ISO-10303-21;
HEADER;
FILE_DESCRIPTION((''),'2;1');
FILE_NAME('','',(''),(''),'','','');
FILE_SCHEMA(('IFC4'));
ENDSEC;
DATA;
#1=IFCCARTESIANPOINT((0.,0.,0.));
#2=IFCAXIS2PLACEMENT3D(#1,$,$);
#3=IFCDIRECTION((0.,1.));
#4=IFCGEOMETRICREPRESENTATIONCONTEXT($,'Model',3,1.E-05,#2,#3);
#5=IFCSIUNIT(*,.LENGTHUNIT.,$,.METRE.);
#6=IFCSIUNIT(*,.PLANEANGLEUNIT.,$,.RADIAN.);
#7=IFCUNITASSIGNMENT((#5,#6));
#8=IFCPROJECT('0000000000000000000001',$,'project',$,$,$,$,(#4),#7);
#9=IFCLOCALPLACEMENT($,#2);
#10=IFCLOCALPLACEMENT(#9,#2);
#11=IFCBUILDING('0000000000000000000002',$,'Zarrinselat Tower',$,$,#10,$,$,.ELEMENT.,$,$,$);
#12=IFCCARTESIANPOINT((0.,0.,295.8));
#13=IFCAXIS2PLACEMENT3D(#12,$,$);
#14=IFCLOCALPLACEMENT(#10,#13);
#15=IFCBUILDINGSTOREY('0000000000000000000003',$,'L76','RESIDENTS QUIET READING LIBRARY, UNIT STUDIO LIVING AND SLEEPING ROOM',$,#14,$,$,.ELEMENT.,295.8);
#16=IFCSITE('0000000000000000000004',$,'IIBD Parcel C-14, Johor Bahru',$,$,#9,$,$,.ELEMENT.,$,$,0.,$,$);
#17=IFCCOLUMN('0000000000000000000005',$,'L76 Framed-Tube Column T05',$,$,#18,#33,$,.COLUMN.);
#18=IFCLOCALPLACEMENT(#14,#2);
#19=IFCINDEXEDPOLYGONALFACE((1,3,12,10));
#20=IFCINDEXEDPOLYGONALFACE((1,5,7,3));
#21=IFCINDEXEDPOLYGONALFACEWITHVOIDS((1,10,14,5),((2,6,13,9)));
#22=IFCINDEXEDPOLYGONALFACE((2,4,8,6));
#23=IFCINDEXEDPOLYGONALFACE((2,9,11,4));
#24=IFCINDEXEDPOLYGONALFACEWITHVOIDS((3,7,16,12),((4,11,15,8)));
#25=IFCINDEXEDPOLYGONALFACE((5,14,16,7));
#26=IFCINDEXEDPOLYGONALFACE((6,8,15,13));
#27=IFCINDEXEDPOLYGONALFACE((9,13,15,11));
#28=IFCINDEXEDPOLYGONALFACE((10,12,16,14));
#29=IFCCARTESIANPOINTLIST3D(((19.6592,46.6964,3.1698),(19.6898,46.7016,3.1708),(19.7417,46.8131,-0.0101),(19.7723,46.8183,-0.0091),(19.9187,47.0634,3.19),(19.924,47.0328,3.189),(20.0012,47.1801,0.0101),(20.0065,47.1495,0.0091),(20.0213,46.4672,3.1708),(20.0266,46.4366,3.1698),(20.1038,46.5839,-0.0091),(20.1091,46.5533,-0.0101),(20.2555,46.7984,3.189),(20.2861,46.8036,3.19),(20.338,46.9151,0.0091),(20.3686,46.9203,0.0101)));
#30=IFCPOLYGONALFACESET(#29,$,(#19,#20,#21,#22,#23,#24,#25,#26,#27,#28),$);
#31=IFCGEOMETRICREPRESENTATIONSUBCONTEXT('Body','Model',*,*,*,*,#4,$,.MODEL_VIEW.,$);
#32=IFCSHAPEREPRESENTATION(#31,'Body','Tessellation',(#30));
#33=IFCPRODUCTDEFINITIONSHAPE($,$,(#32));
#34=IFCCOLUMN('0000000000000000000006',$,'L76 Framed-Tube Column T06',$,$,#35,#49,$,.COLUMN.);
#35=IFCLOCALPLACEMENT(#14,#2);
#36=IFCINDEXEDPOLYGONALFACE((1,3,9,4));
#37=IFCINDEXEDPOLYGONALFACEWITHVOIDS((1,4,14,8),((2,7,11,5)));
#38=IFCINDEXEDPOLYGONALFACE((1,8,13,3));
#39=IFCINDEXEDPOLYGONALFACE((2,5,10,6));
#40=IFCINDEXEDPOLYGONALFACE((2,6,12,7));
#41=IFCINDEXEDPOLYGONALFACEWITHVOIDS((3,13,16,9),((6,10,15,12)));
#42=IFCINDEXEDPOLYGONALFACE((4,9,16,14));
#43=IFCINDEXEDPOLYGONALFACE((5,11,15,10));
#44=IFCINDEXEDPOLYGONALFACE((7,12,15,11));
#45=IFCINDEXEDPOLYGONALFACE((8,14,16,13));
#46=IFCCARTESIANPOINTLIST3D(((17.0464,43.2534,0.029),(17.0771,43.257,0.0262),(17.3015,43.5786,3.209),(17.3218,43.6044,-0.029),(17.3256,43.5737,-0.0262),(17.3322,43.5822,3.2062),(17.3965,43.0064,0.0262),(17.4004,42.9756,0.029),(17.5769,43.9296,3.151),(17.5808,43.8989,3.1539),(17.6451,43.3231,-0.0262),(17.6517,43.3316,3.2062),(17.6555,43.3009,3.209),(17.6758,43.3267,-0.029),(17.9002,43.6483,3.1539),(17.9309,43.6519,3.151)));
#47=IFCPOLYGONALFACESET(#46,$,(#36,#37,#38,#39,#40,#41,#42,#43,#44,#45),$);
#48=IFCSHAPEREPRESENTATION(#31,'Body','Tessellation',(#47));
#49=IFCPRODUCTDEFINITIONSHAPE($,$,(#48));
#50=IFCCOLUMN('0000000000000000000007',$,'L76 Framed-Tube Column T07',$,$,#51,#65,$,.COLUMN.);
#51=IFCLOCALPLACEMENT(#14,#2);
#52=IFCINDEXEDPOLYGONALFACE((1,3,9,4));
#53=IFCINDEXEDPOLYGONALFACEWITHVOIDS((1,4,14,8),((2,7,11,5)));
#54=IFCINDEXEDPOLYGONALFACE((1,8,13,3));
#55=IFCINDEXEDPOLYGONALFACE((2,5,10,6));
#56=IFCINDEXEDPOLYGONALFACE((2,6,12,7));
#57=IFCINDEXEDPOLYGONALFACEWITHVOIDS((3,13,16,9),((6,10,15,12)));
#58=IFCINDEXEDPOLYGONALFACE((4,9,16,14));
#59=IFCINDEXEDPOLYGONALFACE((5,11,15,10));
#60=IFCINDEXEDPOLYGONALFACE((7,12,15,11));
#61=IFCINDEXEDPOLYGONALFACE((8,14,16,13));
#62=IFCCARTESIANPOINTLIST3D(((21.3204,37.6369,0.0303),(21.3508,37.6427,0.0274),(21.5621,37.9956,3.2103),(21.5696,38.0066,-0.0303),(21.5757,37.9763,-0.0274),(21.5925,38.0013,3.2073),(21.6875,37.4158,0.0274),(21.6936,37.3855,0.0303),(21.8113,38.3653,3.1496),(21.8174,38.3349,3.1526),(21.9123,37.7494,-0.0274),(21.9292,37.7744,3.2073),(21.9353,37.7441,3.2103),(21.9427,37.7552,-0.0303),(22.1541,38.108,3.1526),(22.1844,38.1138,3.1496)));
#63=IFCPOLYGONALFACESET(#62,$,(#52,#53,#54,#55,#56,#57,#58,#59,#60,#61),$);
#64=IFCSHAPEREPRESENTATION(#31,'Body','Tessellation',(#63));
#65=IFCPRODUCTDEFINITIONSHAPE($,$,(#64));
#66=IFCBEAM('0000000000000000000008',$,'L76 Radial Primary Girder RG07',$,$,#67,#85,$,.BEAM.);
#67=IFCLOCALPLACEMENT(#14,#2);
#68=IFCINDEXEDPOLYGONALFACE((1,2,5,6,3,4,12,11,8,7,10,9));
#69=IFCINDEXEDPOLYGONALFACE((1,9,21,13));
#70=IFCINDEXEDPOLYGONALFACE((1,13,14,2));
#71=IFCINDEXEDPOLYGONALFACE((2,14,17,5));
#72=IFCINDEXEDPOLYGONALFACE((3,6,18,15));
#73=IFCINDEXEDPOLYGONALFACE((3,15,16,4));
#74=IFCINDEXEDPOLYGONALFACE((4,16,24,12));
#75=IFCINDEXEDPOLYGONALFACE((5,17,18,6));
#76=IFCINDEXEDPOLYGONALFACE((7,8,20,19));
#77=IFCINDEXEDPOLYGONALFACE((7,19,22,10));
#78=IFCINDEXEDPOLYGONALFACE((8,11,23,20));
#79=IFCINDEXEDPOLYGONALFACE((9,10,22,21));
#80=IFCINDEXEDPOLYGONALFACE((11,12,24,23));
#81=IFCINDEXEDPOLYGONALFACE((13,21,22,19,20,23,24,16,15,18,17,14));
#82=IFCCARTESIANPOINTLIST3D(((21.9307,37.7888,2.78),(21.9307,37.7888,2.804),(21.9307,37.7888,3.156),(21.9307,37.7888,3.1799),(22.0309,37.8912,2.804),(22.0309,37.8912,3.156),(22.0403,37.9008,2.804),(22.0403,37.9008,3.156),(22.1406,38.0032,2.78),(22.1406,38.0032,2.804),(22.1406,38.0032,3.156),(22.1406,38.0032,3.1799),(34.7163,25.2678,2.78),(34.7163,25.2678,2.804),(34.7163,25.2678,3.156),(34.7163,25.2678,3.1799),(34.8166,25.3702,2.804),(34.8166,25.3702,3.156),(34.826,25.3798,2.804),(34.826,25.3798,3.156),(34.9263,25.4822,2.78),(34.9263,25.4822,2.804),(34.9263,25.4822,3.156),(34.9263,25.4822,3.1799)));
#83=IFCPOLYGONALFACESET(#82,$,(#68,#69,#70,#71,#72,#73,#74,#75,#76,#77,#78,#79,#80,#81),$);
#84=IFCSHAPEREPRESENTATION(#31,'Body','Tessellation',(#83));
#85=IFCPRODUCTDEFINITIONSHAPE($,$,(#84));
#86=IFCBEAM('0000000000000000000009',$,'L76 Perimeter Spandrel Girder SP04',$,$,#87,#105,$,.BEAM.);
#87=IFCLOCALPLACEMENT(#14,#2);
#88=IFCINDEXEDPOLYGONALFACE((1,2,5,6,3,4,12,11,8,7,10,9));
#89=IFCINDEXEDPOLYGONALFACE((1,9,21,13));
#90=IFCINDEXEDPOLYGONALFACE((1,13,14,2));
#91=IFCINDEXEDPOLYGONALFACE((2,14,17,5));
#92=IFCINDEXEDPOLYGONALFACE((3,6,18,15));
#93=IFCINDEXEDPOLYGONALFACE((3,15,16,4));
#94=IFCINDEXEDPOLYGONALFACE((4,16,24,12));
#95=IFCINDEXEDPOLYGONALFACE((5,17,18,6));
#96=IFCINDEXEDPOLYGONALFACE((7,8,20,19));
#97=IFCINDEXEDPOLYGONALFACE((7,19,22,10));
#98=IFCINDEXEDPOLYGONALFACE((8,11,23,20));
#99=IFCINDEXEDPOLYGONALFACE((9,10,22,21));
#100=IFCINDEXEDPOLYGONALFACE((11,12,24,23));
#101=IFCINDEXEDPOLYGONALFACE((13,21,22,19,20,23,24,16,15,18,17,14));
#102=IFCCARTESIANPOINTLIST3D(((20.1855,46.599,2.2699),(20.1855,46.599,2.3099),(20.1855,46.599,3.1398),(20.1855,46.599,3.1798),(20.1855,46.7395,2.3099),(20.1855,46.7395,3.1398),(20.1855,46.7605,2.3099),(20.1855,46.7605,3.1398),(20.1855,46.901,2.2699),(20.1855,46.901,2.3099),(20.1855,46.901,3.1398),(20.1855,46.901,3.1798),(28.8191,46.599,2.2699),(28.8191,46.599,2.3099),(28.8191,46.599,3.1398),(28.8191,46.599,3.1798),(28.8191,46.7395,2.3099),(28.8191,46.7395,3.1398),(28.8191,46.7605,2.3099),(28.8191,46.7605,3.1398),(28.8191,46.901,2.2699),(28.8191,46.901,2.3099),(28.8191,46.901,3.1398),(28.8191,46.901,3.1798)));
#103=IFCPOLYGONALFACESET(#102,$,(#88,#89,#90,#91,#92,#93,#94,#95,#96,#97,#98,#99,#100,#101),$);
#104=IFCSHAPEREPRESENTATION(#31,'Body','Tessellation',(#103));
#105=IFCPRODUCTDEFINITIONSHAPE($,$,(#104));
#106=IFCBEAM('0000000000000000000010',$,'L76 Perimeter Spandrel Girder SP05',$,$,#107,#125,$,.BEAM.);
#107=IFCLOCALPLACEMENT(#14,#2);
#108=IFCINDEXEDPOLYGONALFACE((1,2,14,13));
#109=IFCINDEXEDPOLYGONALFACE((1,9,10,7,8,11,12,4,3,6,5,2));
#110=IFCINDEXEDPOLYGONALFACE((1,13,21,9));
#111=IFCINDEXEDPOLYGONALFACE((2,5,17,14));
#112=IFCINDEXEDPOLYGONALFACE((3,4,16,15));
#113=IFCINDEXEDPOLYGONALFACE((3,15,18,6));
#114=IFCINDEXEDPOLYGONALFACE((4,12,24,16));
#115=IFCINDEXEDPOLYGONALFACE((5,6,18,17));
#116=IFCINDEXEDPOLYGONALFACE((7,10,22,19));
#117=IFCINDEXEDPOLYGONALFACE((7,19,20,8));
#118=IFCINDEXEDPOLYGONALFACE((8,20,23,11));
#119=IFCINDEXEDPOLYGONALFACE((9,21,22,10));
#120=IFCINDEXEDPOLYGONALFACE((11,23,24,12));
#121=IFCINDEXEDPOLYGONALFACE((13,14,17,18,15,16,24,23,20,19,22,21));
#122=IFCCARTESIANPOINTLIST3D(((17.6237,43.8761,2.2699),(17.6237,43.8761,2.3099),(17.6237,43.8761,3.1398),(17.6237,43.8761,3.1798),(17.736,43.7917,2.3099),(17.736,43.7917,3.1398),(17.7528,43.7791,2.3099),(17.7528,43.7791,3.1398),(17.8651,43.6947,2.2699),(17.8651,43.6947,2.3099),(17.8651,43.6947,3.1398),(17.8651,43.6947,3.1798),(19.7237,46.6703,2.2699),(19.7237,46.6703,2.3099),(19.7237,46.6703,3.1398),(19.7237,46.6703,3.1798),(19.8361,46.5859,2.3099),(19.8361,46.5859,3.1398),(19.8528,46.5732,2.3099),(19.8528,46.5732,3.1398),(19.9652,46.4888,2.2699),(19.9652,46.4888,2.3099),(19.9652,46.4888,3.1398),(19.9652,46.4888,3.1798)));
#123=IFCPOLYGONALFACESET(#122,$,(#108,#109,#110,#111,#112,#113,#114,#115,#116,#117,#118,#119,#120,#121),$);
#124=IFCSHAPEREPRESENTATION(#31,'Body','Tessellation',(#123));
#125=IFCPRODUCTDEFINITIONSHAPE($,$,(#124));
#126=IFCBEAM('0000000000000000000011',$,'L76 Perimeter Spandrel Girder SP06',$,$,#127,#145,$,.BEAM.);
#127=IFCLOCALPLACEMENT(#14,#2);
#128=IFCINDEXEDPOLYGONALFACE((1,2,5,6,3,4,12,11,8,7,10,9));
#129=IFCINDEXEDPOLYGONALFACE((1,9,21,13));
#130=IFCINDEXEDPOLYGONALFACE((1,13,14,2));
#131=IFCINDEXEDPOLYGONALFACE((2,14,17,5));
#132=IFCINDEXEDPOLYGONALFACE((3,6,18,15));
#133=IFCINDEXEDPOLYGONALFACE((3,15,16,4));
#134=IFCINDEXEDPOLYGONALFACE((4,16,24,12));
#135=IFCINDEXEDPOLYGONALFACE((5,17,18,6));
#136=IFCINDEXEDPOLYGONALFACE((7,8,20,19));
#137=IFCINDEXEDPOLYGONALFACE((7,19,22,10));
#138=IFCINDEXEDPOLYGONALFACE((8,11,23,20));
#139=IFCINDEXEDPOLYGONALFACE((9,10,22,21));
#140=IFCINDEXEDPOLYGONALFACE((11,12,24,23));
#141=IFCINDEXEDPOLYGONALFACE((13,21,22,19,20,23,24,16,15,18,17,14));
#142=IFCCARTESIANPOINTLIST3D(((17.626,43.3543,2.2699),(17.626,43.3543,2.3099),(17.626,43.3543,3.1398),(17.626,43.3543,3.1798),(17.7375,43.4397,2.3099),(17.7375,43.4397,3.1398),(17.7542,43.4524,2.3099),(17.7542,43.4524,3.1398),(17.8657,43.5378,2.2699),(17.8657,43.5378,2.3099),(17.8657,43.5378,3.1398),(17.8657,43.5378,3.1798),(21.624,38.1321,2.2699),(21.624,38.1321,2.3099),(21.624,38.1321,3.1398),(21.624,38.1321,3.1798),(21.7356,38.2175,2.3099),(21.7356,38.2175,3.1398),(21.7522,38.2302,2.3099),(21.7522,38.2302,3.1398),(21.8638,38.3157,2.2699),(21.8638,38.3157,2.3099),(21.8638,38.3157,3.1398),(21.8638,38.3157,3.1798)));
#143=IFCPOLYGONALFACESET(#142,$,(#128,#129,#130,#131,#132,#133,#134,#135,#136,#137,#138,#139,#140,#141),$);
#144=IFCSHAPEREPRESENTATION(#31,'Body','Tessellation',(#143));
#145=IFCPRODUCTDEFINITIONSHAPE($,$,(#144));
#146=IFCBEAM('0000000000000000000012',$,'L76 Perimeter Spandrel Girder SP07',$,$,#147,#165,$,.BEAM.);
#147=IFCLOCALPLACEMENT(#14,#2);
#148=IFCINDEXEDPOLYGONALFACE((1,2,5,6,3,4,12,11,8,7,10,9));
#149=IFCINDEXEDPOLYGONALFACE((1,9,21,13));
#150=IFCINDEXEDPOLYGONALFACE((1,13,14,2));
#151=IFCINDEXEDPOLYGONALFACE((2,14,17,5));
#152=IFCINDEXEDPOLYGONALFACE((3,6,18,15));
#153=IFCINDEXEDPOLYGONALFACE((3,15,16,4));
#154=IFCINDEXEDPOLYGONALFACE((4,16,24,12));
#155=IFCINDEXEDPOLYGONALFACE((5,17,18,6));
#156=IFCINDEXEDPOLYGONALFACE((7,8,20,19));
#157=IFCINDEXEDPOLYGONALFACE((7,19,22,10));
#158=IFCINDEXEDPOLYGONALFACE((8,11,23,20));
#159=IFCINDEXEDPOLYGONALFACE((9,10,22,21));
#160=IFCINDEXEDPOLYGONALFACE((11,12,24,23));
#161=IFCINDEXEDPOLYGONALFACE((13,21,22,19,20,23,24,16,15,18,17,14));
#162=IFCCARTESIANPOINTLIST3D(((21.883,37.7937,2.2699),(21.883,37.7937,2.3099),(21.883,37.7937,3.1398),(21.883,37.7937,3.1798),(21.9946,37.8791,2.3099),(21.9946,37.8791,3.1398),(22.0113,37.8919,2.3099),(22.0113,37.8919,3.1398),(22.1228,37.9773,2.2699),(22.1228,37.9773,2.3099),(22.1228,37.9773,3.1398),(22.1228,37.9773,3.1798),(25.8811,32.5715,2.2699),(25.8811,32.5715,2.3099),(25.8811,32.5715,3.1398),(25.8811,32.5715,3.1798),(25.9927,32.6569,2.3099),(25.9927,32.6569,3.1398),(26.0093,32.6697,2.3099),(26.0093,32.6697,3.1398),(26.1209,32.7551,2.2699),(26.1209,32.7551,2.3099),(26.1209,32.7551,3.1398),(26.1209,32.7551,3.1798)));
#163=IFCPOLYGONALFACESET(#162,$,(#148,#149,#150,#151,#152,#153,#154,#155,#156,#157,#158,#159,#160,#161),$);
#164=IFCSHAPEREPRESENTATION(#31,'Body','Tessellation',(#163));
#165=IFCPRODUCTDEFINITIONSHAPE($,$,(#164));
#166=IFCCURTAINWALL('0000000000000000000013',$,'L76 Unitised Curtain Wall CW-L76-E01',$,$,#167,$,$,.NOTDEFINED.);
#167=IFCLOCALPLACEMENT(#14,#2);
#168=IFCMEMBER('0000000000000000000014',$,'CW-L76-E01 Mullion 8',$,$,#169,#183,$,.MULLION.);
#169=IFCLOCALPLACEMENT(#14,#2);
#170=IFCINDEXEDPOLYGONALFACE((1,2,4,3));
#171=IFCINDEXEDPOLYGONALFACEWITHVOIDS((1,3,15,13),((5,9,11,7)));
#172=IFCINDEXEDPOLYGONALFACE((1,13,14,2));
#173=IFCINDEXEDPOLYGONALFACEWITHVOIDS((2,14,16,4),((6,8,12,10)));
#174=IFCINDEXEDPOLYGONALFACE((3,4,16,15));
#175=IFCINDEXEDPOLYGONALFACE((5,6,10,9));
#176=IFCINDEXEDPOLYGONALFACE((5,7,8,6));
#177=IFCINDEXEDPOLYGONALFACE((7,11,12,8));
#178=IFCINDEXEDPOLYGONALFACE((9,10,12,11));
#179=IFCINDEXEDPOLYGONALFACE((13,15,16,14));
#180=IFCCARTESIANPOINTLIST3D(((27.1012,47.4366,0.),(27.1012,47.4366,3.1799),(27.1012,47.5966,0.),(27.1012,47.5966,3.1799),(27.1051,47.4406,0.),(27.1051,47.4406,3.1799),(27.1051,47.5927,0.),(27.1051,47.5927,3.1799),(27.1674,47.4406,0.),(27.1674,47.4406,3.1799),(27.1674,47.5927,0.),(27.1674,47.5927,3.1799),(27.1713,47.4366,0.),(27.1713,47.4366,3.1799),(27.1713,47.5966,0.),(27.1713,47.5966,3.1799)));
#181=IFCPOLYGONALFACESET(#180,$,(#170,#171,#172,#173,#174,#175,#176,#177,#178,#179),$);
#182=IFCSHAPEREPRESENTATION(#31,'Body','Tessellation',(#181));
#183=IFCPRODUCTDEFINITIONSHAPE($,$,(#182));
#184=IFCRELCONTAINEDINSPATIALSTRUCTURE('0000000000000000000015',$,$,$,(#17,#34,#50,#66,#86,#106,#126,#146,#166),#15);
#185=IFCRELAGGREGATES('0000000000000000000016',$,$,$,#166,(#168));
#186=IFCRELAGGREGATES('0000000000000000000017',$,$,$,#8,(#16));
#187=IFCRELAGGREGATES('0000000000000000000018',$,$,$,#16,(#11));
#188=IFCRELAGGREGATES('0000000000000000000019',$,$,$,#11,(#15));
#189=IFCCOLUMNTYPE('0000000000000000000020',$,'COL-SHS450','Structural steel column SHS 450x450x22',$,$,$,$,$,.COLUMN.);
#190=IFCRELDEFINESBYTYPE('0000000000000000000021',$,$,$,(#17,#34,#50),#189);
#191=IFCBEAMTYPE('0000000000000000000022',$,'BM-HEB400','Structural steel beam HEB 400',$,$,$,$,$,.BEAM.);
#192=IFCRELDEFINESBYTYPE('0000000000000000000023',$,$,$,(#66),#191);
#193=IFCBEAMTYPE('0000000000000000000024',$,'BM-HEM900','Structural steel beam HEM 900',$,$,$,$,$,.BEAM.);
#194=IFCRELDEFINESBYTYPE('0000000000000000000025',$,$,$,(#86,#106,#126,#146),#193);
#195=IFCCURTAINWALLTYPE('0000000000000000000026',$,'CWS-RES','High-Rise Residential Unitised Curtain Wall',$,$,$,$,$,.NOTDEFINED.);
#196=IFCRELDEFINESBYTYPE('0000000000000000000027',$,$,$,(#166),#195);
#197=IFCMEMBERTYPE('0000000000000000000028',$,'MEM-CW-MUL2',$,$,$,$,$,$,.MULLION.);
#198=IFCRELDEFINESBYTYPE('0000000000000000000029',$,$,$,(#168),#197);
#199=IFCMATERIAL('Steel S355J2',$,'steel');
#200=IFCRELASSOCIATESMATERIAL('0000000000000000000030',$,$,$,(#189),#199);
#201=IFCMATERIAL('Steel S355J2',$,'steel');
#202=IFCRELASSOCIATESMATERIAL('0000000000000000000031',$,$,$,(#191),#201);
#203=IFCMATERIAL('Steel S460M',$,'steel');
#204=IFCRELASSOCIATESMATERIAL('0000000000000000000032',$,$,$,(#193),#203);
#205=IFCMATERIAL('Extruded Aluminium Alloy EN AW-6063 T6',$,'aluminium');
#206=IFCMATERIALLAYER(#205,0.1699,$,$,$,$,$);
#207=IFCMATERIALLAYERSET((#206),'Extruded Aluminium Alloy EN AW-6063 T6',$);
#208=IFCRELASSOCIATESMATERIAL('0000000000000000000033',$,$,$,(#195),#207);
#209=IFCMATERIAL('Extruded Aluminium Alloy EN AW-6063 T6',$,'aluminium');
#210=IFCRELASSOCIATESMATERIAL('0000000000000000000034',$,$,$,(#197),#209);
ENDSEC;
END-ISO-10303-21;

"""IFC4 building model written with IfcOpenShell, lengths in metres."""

from ifc_helpers import new_model, si_unit, direction, frame, origin, origin_2d, place, context, subcontext, project, spatial, hollow_rectangle, i_section, extrude, material, layer, layer_set, material_profile, profile_set, type_object, element, aggregate, save


model = new_model("IFC4")

# Units and contexts
model_context = context("Model", 3, precision=1e-05, world=origin(), true_north=direction((0.0, 1.0)))
body_context = subcontext(model_context, "Body", "Model", "MODEL_VIEW")
ifc_project = project(units=[si_unit("LENGTHUNIT", "METRE"), si_unit("PLANEANGLEUNIT", "RADIAN")], contexts=[model_context])

# Site, building, storey
site_placement = place(None, origin())
site = spatial("IfcSite", under=ifc_project, at=site_placement, Name="IIBD Parcel C-14, Johor Bahru", CompositionType="ELEMENT", RefElevation=0.0)
building_placement = place(site_placement, origin())
building = spatial("IfcBuilding", under=site, at=building_placement, Name="Zarrinselat Tower", CompositionType="ELEMENT")
storey_placement = place(building_placement, frame((0.0, 0.0, 295.8)))
storey = spatial("IfcBuildingStorey", under=building, at=storey_placement, Name="L76", Description="RESIDENTS QUIET READING LIBRARY, UNIT STUDIO LIVING AND SLEEPING ROOM", CompositionType="ELEMENT", Elevation=295.8)

# Columns
ifc_material_1 = material(Name="Steel S355J2", Category="steel")
ifc_material_profile_1 = material_profile(ifc_material_1, hollow_rectangle(XDim=0.45, YDim=0.45, WallThickness=0.022, at=origin_2d()), Name="SHS 450x450x22")
ifc_profile_set_1 = profile_set([ifc_material_profile_1], Name="Steel S355J2")
column_type = type_object("IfcColumnType", Name="COL-SHS450", Description="Structural steel column SHS 450x450x22", PredefinedType="COLUMN", material=ifc_profile_set_1)
column_1_placement = place(storey_placement, frame((20.0552, 46.8667, 0.0), z_axis=(-0.025924, -0.036662, 0.998991), x_axis=(0.816494, -0.577354, 0.0)))
element("IfcColumn", 1, at=column_1_placement, inside=storey, type_object=column_type, Name="L76 Framed-Tube Column T05", PredefinedType="COLUMN", context=body_context, shape_type="SweptSolid", body=[
    extrude(hollow_rectangle(XDim=0.45, YDim=0.45, WallThickness=0.022, at=origin_2d()), origin(), (0.0, 0.0, 1.0), 3.1831),
])
column_2_placement = place(storey_placement, frame((17.3611, 43.29, 0.0), z_axis=(0.079561, 0.101412, 0.991658), x_axis=(-0.786769, 0.617247, 0.0)))
element("IfcColumn", 2, at=column_2_placement, inside=storey, type_object=column_type, Name="L76 Framed-Tube Column T06", PredefinedType="COLUMN", context=body_context, shape_type="SweptSolid", body=[
    extrude(hollow_rectangle(XDim=0.45, YDim=0.45, WallThickness=0.022, at=origin_2d()), origin(), (0.0, 0.0, 1.0), 3.2068),
])
column_3_placement = place(storey_placement, frame((21.6316, 37.696, 0.0), z_axis=(0.075314, 0.111754, 0.990878), x_axis=(-0.829261, 0.558862, 0.0)))
element("IfcColumn", 3, at=column_3_placement, inside=storey, type_object=column_type, Name="L76 Framed-Tube Column T07", PredefinedType="COLUMN", context=body_context, shape_type="SweptSolid", body=[
    extrude(hollow_rectangle(XDim=0.45, YDim=0.45, WallThickness=0.022, at=origin_2d()), origin(), (0.0, 0.0, 1.0), 3.2092),
])

# Beams
ifc_material_2 = material(Name="Steel S355J2", Category="steel")
ifc_material_profile_2 = material_profile(ifc_material_2, i_section(OverallWidth=0.3, OverallDepth=0.3999, WebThickness=0.0134, FlangeThickness=0.0239, at=origin_2d()), Name="HEB 400")
ifc_profile_set_2 = profile_set([ifc_material_profile_2], Name="Steel S355J2")
beam_type_1 = type_object("IfcBeamType", Name="BM-HEB400", Description="Structural steel beam HEB 400", PredefinedType="BEAM", material=ifc_profile_set_2)
beam_1_placement = place(storey_placement, frame((22.0356, 37.896, 2.98), z_axis=(0.714462, -0.699674, 0.0), x_axis=(0.699674, 0.714462, 0.0)))
element("IfcBeam", 4, at=beam_1_placement, inside=storey, type_object=beam_type_1, Name="L76 Radial Primary Girder RG07", PredefinedType="BEAM", context=body_context, shape_type="SweptSolid", body=[
    extrude(i_section(OverallWidth=0.3, OverallDepth=0.3999, WebThickness=0.0134, FlangeThickness=0.0239, at=origin_2d()), origin(), (0.0, 0.0, 1.0), 17.8955),
])
ifc_material_3 = material(Name="Steel S460M", Category="steel")
ifc_material_profile_3 = material_profile(ifc_material_3, i_section(OverallWidth=0.302, OverallDepth=0.9099, WebThickness=0.021, FlangeThickness=0.04, at=origin_2d()), Name="HEM 900")
ifc_profile_set_3 = profile_set([ifc_material_profile_3], Name="Steel S460M")
beam_type_2 = type_object("IfcBeamType", Name="BM-HEM900", Description="Structural steel beam HEM 900", PredefinedType="BEAM", material=ifc_profile_set_3)
beam_2_placement = place(storey_placement, frame((20.1855, 46.75, 2.7249), z_axis=(1.0, 0.0, 0.0), x_axis=(0.0, 1.0, 0.0)))
element("IfcBeam", 5, at=beam_2_placement, inside=storey, type_object=beam_type_2, Name="L76 Perimeter Spandrel Girder SP04", PredefinedType="BEAM", context=body_context, shape_type="SweptSolid", body=[
    extrude(i_section(OverallWidth=0.302, OverallDepth=0.9099, WebThickness=0.021, FlangeThickness=0.04, at=origin_2d()), origin(), (0.0, 0.0, 1.0), 8.6335),
])
beam_3_placement = place(storey_placement, frame((17.7444, 43.7854, 2.7249), z_axis=(0.600815, 0.799388, 0.0), x_axis=(-0.799388, 0.600815, 0.0)))
element("IfcBeam", 6, at=beam_3_placement, inside=storey, type_object=beam_type_2, Name="L76 Perimeter Spandrel Girder SP05", PredefinedType="BEAM", context=body_context, shape_type="SweptSolid", body=[
    extrude(i_section(OverallWidth=0.302, OverallDepth=0.9099, WebThickness=0.021, FlangeThickness=0.04, at=origin_2d()), origin(), (0.0, 0.0, 1.0), 3.4954),
])
for number, where, z_axis, x_axis, name in (
    (7, (17.7458, 43.446, 2.7249), (0.607894, -0.794018, 0.0), (0.794018, 0.607894, 0.0), "L76 Perimeter Spandrel Girder SP06"),
    (8, (22.0029, 37.8855, 2.7249), (0.607894, -0.794018, 0.0), (0.794018, 0.607894, 0.0), "L76 Perimeter Spandrel Girder SP07"),
):
    element("IfcBeam", number, at=place(storey_placement, frame(where, z_axis=z_axis, x_axis=x_axis)), inside=storey, type_object=beam_type_2, Name=name, PredefinedType="BEAM", context=body_context, shape_type="SweptSolid", body=[
        extrude(i_section(OverallWidth=0.302, OverallDepth=0.9099, WebThickness=0.021, FlangeThickness=0.04, at=origin_2d()), origin(), (0.0, 0.0, 1.0), 6.5769),
    ])

# Curtain wall, member
ifc_material_4 = material(Name="Extruded Aluminium Alloy EN AW-6063 T6", Category="aluminium")
ifc_layer_1 = layer(ifc_material_4, 0.1699)
ifc_layer_set_1 = layer_set([ifc_layer_1], Name="Extruded Aluminium Alloy EN AW-6063 T6")
curtain_wall_type = type_object("IfcCurtainWallType", Name="CWS-RES", Description="High-Rise Residential Unitised Curtain Wall", PredefinedType="NOTDEFINED", material=ifc_layer_set_1)
curtain_wall_1_placement = place(storey_placement, origin())
curtain_wall_1 = element("IfcCurtainWall", 9, at=curtain_wall_1_placement, inside=storey, type_object=curtain_wall_type, Name="L76 Unitised Curtain Wall CW-L76-E01", PredefinedType="NOTDEFINED")
ifc_material_5 = material(Name="Extruded Aluminium Alloy EN AW-6063 T6", Category="aluminium")
ifc_material_profile_4 = material_profile(ifc_material_5, hollow_rectangle(XDim=0.0701, YDim=0.1599, WallThickness=0.0039, at=origin_2d()), Name="RHS 160x70x4")
ifc_profile_set_4 = profile_set([ifc_material_profile_4], Name="Extruded Aluminium Alloy EN AW-6063 T6")
member_type_1 = type_object("IfcMemberType", Name="MEM-CW-MUL2", PredefinedType="MULLION", material=ifc_profile_set_4)
member_1_placement = place(storey_placement, frame((27.1362, 47.5166, 0.0), z_axis=(0.0, 0.0, 1.0), x_axis=(-1.0, 0.0, 0.0)))
member_1 = element("IfcMember", 10, at=member_1_placement, type_object=member_type_1, Name="CW-L76-E01 Mullion 8", PredefinedType="MULLION", context=body_context, shape_type="SweptSolid", body=[
    extrude(hollow_rectangle(XDim=0.0701, YDim=0.1599, WallThickness=0.0039, at=origin_2d()), origin(), (0.0, 0.0, 1.0), 3.1799),
])

aggregate(curtain_wall_1, [member_1])

save(model, "model.ifc")
